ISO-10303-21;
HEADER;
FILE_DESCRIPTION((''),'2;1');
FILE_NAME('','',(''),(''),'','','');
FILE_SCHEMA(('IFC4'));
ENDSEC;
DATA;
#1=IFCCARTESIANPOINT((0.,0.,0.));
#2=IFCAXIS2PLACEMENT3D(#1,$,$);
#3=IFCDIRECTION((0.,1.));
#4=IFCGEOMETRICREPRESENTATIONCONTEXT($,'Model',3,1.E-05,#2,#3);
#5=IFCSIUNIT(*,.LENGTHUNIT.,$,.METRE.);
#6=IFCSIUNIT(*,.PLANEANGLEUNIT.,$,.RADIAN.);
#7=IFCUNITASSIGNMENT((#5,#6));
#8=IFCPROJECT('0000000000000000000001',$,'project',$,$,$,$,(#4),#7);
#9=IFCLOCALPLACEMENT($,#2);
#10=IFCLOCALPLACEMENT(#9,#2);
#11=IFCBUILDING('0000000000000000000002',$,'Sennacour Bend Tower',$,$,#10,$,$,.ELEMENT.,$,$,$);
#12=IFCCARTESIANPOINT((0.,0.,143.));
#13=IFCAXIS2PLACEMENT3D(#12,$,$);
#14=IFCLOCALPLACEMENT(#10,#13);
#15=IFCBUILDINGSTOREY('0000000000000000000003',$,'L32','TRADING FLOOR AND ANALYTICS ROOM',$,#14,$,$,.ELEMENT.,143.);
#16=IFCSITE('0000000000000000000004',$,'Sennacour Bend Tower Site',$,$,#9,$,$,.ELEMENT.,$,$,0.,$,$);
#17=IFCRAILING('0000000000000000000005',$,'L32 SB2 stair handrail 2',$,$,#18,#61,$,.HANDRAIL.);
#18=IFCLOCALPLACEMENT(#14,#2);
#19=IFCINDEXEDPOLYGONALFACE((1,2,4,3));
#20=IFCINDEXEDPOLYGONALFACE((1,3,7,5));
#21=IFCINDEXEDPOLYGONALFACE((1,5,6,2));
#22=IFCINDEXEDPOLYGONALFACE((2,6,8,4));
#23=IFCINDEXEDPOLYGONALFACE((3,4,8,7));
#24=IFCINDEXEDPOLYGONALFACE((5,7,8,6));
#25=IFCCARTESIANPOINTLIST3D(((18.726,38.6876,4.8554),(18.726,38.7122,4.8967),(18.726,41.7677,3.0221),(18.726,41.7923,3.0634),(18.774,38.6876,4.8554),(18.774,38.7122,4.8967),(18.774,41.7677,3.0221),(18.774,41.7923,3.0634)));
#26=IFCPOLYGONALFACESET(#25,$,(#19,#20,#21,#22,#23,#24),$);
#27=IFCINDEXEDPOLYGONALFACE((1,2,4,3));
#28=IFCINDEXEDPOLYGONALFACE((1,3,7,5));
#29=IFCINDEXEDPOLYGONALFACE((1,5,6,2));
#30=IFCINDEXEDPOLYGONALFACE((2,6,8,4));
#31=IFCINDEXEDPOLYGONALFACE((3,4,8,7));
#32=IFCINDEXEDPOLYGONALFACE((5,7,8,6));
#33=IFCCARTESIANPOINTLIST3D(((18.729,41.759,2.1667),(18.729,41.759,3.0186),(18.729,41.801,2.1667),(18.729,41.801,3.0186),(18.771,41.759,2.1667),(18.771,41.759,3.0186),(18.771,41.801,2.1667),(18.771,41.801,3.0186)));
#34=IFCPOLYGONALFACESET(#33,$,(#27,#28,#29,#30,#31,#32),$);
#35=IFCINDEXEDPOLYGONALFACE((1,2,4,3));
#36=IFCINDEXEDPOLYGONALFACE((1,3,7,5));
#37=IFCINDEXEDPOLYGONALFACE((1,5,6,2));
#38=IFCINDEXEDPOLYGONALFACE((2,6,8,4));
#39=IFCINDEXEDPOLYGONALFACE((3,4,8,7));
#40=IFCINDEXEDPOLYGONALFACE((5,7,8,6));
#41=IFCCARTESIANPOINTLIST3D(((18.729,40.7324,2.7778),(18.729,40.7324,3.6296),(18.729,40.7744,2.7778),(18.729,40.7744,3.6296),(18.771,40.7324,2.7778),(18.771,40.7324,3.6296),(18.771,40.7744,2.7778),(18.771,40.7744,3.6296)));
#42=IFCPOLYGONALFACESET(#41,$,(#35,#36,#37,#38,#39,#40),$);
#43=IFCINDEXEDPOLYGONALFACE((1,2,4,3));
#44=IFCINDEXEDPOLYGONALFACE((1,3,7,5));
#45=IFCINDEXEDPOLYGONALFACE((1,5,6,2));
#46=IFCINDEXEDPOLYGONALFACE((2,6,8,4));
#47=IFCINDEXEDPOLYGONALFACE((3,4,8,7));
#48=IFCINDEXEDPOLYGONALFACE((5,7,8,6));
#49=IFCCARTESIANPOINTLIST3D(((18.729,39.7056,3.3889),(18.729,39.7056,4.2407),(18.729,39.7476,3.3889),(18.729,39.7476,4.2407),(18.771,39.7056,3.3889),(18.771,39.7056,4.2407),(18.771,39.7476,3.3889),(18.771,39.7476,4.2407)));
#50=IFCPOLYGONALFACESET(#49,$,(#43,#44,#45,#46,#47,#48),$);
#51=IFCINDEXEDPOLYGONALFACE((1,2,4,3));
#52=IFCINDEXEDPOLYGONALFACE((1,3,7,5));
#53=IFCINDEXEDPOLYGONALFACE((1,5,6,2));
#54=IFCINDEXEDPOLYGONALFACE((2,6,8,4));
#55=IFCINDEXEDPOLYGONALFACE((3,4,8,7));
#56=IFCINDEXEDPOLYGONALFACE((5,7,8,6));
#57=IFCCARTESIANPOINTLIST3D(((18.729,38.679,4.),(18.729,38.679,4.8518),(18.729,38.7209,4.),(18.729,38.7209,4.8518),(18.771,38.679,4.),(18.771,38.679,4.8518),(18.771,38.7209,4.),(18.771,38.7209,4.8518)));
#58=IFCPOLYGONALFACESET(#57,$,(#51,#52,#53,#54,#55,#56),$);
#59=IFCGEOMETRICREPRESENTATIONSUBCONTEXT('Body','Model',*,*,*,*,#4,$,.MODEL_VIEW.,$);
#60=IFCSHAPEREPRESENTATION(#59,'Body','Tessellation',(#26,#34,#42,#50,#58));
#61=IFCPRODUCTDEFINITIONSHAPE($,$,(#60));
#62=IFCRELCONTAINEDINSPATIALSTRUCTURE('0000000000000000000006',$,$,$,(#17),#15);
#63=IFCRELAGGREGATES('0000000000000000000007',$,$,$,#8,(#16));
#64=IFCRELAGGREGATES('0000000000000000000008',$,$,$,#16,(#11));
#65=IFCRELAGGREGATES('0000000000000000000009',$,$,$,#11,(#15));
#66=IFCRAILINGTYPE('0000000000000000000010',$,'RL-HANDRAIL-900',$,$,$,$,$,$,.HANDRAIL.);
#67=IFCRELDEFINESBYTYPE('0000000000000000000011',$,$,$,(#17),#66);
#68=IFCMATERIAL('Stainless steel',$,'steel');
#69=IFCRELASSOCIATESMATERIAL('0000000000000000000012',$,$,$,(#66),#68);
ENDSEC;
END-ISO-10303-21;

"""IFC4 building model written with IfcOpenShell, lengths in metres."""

from ifc_helpers import new_model, si_unit, direction, frame, origin, origin_2d, place, context, subcontext, project, spatial, rectangle, extrude, material, type_object, element, save


model = new_model("IFC4")

# Units and contexts
model_context = context("Model", 3, precision=1e-05, world=origin(), true_north=direction((0.0, 1.0)))
body_context = subcontext(model_context, "Body", "Model", "MODEL_VIEW")
ifc_project = project(units=[si_unit("LENGTHUNIT", "METRE"), si_unit("PLANEANGLEUNIT", "RADIAN")], contexts=[model_context])

# Site, building, storey
site_placement = place(None, origin())
site = spatial("IfcSite", under=ifc_project, at=site_placement, Name="Sennacour Bend Tower Site", CompositionType="ELEMENT", RefElevation=0.0)
building_placement = place(site_placement, origin())
building = spatial("IfcBuilding", under=site, at=building_placement, Name="Sennacour Bend Tower", CompositionType="ELEMENT")
storey_placement = place(building_placement, frame((0.0, 0.0, 143.0)))
storey = spatial("IfcBuildingStorey", under=building, at=storey_placement, Name="L32", Description="TRADING FLOOR AND ANALYTICS ROOM", CompositionType="ELEMENT", Elevation=143.0)

# Railing
ifc_material_1 = material(Name="Stainless steel", Category="steel")
railing_type_1 = type_object("IfcRailingType", Name="RL-HANDRAIL-900", PredefinedType="HANDRAIL", material=ifc_material_1)
railing_1_placement = place(storey_placement, frame((18.75, 41.78, 2.1667)))
element("IfcRailing", 1, at=railing_1_placement, inside=storey, type_object=railing_type_1, Name="L32 SB2 stair handrail 2", PredefinedType="HANDRAIL", context=body_context, shape_type="SweptSolid", body=[
    extrude(rectangle(XDim=0.0481, YDim=0.0481, at=origin_2d()), frame((0.0, 0.0, 0.876), z_axis=(0.0, -0.859309, 0.511458), x_axis=(1.0, 0.0, 0.0)), (0.0, 0.0, 1.0), 3.5845),
    extrude(rectangle(XDim=0.042, YDim=0.042, at=origin_2d()), origin(), (0.0, 0.0, 1.0), 0.8518),
    extrude(rectangle(XDim=0.042, YDim=0.042, at=origin_2d()), frame((0.0, -1.0266, 0.6111)), (0.0, 0.0, 1.0), 0.8518),
    extrude(rectangle(XDim=0.042, YDim=0.042, at=origin_2d()), frame((0.0, -2.0535, 1.2222)), (0.0, 0.0, 1.0), 0.8518),
    extrude(rectangle(XDim=0.042, YDim=0.042, at=origin_2d()), frame((0.0, -3.0801, 1.8333)), (0.0, 0.0, 1.0), 0.8518),
])

save(model, "model.ifc")
